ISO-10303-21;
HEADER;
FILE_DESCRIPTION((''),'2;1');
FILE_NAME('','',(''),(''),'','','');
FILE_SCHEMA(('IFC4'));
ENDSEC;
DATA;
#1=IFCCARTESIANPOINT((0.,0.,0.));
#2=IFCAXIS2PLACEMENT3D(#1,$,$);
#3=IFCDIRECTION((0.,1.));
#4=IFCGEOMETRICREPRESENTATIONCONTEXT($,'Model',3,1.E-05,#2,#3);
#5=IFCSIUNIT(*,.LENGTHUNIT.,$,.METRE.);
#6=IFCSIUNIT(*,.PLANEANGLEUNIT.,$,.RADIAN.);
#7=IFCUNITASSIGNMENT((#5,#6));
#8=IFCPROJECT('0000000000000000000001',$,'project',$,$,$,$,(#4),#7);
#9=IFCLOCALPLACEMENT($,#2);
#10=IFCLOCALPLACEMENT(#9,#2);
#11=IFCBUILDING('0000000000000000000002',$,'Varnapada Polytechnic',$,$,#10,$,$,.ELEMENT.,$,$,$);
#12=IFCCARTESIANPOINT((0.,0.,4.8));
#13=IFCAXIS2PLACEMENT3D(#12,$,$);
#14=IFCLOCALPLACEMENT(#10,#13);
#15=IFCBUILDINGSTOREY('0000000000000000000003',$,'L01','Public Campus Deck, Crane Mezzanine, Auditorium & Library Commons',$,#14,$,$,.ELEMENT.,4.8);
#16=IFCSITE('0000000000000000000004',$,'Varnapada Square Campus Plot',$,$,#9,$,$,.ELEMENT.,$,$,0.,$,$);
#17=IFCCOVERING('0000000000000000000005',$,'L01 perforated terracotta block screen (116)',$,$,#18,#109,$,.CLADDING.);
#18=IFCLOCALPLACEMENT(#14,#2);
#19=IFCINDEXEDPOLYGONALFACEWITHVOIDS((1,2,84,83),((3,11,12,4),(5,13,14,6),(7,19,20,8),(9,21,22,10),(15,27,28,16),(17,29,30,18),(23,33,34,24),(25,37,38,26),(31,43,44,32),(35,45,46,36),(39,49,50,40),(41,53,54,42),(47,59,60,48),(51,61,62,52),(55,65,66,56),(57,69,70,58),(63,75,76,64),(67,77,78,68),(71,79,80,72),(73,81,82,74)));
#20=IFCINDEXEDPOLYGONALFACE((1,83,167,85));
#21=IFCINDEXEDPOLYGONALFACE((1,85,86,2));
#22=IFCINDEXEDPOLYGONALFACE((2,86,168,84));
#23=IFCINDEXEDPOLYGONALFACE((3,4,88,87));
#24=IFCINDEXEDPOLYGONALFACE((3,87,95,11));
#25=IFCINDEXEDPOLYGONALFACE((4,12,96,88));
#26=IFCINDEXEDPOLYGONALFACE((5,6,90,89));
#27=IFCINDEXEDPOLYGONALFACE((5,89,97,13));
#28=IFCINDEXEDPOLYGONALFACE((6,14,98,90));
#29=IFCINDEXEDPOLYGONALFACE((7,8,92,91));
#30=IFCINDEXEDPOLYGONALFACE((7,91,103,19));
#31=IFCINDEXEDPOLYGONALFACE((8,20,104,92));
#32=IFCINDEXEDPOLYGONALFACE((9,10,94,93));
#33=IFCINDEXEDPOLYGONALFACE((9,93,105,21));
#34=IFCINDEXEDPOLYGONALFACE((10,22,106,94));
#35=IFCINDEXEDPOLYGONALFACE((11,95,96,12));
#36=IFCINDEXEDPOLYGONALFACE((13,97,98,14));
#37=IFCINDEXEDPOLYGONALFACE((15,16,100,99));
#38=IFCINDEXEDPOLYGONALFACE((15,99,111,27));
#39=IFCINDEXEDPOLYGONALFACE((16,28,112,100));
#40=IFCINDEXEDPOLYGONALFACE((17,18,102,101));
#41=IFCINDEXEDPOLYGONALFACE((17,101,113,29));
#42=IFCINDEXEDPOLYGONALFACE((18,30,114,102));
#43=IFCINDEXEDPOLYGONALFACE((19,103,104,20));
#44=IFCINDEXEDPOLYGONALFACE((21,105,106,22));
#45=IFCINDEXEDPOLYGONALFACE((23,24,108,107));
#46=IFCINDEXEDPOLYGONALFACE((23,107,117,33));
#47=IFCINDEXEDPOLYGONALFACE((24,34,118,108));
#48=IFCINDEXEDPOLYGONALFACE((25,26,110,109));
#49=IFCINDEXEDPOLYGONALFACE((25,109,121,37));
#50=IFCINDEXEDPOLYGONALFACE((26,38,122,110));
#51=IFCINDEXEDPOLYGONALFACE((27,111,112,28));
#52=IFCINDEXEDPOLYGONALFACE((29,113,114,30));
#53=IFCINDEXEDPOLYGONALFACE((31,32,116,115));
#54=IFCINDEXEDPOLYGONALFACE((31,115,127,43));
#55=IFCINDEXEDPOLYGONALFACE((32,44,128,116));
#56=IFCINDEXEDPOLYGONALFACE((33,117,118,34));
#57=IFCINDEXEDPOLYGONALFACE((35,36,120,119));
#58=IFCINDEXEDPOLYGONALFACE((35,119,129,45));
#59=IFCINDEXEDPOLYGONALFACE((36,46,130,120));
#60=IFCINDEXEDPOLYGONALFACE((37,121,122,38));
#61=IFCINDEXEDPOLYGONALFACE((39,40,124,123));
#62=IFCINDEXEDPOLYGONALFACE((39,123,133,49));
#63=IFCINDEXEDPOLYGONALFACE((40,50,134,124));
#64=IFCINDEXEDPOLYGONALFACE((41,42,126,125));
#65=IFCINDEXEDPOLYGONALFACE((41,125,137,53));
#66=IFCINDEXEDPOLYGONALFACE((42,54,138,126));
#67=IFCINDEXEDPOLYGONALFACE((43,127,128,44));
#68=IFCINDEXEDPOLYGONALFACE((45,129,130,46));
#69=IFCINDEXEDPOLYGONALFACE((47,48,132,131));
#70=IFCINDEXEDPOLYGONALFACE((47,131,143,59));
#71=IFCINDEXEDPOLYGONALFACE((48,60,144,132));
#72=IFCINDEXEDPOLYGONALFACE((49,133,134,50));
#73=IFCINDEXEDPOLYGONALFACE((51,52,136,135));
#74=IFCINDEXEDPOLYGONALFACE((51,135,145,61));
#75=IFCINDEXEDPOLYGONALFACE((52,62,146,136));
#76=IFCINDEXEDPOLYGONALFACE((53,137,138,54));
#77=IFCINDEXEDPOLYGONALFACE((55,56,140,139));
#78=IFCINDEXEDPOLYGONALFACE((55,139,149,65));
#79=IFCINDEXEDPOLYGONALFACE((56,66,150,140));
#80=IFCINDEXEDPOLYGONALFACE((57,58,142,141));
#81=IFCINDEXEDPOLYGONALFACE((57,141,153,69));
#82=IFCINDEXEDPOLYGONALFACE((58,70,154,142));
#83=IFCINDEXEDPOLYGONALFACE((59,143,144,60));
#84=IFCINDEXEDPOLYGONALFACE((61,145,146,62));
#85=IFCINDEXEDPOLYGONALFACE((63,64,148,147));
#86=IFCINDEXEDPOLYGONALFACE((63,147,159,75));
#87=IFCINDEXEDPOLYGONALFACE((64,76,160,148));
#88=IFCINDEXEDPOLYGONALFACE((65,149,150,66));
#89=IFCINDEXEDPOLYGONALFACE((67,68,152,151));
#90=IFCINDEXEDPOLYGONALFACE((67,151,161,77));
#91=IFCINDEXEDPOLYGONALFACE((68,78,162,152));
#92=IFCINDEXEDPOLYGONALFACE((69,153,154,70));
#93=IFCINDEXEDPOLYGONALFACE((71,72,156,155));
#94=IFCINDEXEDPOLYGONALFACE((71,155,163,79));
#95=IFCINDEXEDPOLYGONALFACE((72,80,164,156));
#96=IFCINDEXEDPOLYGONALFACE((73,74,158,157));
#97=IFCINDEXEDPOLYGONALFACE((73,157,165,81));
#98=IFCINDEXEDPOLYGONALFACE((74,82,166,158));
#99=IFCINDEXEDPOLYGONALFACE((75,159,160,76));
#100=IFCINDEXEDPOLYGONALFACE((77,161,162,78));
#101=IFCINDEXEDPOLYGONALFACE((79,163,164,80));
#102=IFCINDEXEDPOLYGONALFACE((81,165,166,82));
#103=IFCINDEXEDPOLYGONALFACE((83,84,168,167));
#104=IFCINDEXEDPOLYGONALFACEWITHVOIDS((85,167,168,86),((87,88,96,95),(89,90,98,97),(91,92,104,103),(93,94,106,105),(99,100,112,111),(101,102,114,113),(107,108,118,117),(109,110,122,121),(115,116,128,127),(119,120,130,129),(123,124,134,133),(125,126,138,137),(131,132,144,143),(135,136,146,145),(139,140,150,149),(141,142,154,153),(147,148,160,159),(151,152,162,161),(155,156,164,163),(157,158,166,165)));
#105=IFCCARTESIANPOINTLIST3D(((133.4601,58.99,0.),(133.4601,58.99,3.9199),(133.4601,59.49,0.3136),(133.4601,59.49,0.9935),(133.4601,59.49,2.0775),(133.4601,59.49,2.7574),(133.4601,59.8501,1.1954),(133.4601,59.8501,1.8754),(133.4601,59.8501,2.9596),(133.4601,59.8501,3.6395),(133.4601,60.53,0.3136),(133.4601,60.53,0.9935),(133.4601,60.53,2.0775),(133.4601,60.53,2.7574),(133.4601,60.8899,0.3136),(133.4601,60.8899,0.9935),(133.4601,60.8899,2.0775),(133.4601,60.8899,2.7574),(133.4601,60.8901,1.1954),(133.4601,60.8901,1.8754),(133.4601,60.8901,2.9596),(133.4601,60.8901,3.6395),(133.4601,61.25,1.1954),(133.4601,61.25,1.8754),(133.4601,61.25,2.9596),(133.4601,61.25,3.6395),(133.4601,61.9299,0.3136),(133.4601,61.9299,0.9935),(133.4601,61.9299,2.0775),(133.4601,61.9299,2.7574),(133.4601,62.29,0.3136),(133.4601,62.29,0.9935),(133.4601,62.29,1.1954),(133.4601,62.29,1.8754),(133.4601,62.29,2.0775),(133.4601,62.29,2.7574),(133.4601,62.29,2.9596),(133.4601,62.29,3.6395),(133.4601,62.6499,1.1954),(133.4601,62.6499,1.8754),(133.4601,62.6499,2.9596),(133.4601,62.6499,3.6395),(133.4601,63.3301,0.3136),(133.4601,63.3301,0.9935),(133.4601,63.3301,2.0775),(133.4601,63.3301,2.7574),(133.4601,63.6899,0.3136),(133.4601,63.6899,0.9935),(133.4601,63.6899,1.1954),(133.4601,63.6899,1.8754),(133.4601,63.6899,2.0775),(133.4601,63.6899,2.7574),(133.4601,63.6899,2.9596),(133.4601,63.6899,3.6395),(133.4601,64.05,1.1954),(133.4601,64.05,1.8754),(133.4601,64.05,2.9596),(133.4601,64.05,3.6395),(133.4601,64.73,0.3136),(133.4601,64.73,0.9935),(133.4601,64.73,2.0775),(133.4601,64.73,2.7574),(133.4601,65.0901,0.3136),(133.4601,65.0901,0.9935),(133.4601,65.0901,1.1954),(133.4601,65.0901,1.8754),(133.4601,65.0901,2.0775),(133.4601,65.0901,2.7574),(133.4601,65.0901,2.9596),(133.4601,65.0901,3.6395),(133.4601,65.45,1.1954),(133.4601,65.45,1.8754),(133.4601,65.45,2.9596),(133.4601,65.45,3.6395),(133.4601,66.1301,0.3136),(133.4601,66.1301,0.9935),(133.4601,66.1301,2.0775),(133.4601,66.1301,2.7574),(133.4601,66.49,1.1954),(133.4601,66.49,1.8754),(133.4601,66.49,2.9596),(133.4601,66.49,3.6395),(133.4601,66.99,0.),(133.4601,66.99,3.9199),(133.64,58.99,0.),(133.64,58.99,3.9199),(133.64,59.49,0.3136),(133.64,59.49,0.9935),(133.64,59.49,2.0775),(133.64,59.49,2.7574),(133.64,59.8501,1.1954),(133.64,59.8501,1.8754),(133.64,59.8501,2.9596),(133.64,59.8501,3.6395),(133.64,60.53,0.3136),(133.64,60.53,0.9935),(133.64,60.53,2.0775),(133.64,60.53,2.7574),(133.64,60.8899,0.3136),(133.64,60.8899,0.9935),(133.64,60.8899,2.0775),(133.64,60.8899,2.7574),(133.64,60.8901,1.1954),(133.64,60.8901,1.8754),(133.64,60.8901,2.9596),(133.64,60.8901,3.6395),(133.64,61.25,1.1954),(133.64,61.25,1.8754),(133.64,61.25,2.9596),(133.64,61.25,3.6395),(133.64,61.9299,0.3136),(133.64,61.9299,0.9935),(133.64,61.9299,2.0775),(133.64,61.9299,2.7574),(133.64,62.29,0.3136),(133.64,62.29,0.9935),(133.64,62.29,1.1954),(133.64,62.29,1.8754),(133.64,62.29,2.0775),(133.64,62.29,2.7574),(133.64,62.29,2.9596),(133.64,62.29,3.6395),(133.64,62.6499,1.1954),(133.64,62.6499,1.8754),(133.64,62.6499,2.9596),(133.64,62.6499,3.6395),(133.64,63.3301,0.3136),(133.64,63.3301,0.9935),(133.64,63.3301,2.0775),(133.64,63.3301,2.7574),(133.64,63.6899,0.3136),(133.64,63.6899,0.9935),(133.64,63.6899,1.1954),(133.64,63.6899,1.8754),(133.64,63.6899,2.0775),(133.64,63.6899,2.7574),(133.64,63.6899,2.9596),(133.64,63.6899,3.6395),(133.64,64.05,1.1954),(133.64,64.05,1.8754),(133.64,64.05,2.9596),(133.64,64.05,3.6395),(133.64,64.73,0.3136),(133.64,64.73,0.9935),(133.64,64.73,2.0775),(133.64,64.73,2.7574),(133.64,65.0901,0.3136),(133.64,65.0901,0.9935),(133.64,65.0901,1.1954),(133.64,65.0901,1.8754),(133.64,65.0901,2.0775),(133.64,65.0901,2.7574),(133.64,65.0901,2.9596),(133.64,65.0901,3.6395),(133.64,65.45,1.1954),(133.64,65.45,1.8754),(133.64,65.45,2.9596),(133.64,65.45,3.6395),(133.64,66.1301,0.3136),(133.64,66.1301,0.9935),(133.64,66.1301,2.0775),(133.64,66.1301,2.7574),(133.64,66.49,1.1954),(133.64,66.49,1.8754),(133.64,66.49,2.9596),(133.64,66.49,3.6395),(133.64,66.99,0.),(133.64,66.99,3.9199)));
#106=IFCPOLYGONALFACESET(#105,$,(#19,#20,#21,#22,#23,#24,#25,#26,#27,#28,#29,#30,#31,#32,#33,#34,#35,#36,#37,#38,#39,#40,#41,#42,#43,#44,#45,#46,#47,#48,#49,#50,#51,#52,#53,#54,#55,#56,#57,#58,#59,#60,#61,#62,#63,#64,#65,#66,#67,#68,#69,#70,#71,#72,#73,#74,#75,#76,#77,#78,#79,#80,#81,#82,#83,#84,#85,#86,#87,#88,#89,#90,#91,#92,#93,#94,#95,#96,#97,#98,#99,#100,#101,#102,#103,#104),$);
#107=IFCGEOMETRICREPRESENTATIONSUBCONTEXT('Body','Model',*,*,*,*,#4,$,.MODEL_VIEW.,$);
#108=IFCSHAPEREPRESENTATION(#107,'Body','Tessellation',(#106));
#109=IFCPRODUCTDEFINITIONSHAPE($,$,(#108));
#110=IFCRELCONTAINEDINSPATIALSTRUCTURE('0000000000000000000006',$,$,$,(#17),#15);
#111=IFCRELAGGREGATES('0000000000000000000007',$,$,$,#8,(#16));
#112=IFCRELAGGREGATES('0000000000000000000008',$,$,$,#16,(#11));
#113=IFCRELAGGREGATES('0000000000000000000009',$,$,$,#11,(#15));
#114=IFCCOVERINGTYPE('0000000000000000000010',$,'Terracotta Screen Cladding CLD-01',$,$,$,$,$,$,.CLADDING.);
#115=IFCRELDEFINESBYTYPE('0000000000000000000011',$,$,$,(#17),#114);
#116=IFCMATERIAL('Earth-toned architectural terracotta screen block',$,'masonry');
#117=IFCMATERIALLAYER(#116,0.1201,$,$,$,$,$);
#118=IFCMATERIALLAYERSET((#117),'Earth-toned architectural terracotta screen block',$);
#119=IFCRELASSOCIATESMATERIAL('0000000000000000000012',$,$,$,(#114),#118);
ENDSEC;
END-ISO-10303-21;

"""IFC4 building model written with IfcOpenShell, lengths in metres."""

from ifc_helpers import new_model, si_unit, direction, frame, frame_2d, origin, place, context, subcontext, project, spatial, rectangle, extrude, material, layer, layer_set, type_object, element, save


model = new_model("IFC4")

# Units and contexts
model_context = context("Model", 3, precision=1e-05, world=origin(), true_north=direction((0.0, 1.0)))
body_context = subcontext(model_context, "Body", "Model", "MODEL_VIEW")
ifc_project = project(units=[si_unit("LENGTHUNIT", "METRE"), si_unit("PLANEANGLEUNIT", "RADIAN")], contexts=[model_context])

# Site, building, storey
site_placement = place(None, origin())
site = spatial("IfcSite", under=ifc_project, at=site_placement, Name="Varnapada Square Campus Plot", CompositionType="ELEMENT", RefElevation=0.0)
building_placement = place(site_placement, origin())
building = spatial("IfcBuilding", under=site, at=building_placement, Name="Varnapada Polytechnic", CompositionType="ELEMENT")
storey_placement = place(building_placement, frame((0.0, 0.0, 4.8)))
storey = spatial("IfcBuildingStorey", under=building, at=storey_placement, Name="L01", Description="Public Campus Deck, Crane Mezzanine, Auditorium & Library Commons", CompositionType="ELEMENT", Elevation=4.8)

# Covering, openings
ifc_material_1 = material(Name="Earth-toned architectural terracotta screen block", Category="masonry")
ifc_layer_1 = layer(ifc_material_1, 0.1201)
ifc_layer_set_1 = layer_set([ifc_layer_1], Name="Earth-toned architectural terracotta screen block")
covering_type = type_object("IfcCoveringType", Name="Terracotta Screen Cladding CLD-01", PredefinedType="CLADDING", material=ifc_layer_set_1)
covering_placement = place(storey_placement, frame((133.55, 58.99, 0.0), z_axis=(0.0, 0.0, 1.0), x_axis=(0.0, 1.0, 0.0)))
covering = element("IfcCovering", 1, at=covering_placement, inside=storey, type_object=covering_type, Name="L01 perforated terracotta block screen (116)", PredefinedType="CLADDING", context=body_context, shape_type="SweptSolid", body=[
    extrude(rectangle(XDim=8.0, YDim=0.1799, at=frame_2d((4.0, 0.0))), origin(), (0.0, 0.0, 1.0), 3.9199),
])
opening_1_placement = place(covering_placement, frame((0.5, 0.0, 0.3137)))
element("IfcOpeningElement", 2, at=opening_1_placement, cuts=covering, PredefinedType="OPENING", context=body_context, shape_type="SweptSolid", body=[
    extrude(rectangle(XDim=1.04, YDim=0.6799, at=frame_2d((0.52, 0.3398))), frame((0.0, 0.0999, 0.0), z_axis=(0.0, -1.0, 0.0), x_axis=(1.0, 0.0, 0.0)), (0.0, 0.0, 1.0), 0.2),
])
opening_2_placement = place(covering_placement, frame((1.8999, 0.0, 0.3137)))
element("IfcOpeningElement", 3, at=opening_2_placement, cuts=covering, PredefinedType="OPENING", context=body_context, shape_type="SweptSolid", body=[
    extrude(rectangle(XDim=1.04, YDim=0.6799, at=frame_2d((0.52, 0.3398))), frame((0.0, 0.0999, 0.0), z_axis=(0.0, -1.0, 0.0), x_axis=(1.0, 0.0, 0.0)), (0.0, 0.0, 1.0), 0.2),
])
opening_3_placement = place(covering_placement, frame((3.3, 0.0, 0.3137)))
element("IfcOpeningElement", 4, at=opening_3_placement, cuts=covering, PredefinedType="OPENING", context=body_context, shape_type="SweptSolid", body=[
    extrude(rectangle(XDim=1.04, YDim=0.6799, at=frame_2d((0.52, 0.3398))), frame((0.0, 0.0999, 0.0), z_axis=(0.0, -1.0, 0.0), x_axis=(1.0, 0.0, 0.0)), (0.0, 0.0, 1.0), 0.2),
])
opening_4_placement = place(covering_placement, frame((4.7, 0.0, 0.3137)))
element("IfcOpeningElement", 5, at=opening_4_placement, cuts=covering, PredefinedType="OPENING", context=body_context, shape_type="SweptSolid", body=[
    extrude(rectangle(XDim=1.04, YDim=0.6799, at=frame_2d((0.52, 0.3398))), frame((0.0, 0.0999, 0.0), z_axis=(0.0, -1.0, 0.0), x_axis=(1.0, 0.0, 0.0)), (0.0, 0.0, 1.0), 0.2),
])
opening_5_placement = place(covering_placement, frame((6.1001, 0.0, 0.3137)))
element("IfcOpeningElement", 6, at=opening_5_placement, cuts=covering, PredefinedType="OPENING", context=body_context, shape_type="SweptSolid", body=[
    extrude(rectangle(XDim=1.04, YDim=0.6799, at=frame_2d((0.52, 0.3398))), frame((0.0, 0.0999, 0.0), z_axis=(0.0, -1.0, 0.0), x_axis=(1.0, 0.0, 0.0)), (0.0, 0.0, 1.0), 0.2),
])
opening_6_placement = place(covering_placement, frame((0.8601, 0.0, 1.1956)))
element("IfcOpeningElement", 7, at=opening_6_placement, cuts=covering, PredefinedType="OPENING", context=body_context, shape_type="SweptSolid", body=[
    extrude(rectangle(XDim=1.04, YDim=0.6799, at=frame_2d((0.52, 0.3398))), frame((0.0, 0.0999, 0.0), z_axis=(0.0, -1.0, 0.0), x_axis=(1.0, 0.0, 0.0)), (0.0, 0.0, 1.0), 0.2),
])
opening_7_placement = place(covering_placement, frame((2.26, 0.0, 1.1956)))
element("IfcOpeningElement", 8, at=opening_7_placement, cuts=covering, PredefinedType="OPENING", context=body_context, shape_type="SweptSolid", body=[
    extrude(rectangle(XDim=1.04, YDim=0.6799, at=frame_2d((0.52, 0.3398))), frame((0.0, 0.0999, 0.0), z_axis=(0.0, -1.0, 0.0), x_axis=(1.0, 0.0, 0.0)), (0.0, 0.0, 1.0), 0.2),
])
opening_8_placement = place(covering_placement, frame((3.6599, 0.0, 1.1956)))
element("IfcOpeningElement", 9, at=opening_8_placement, cuts=covering, PredefinedType="OPENING", context=body_context, shape_type="SweptSolid", body=[
    extrude(rectangle(XDim=1.04, YDim=0.6799, at=frame_2d((0.52, 0.3398))), frame((0.0, 0.0999, 0.0), z_axis=(0.0, -1.0, 0.0), x_axis=(1.0, 0.0, 0.0)), (0.0, 0.0, 1.0), 0.2),
])
opening_9_placement = place(covering_placement, frame((5.0601, 0.0, 1.1956)))
element("IfcOpeningElement", 10, at=opening_9_placement, cuts=covering, PredefinedType="OPENING", context=body_context, shape_type="SweptSolid", body=[
    extrude(rectangle(XDim=1.04, YDim=0.6799, at=frame_2d((0.52, 0.3398))), frame((0.0, 0.0999, 0.0), z_axis=(0.0, -1.0, 0.0), x_axis=(1.0, 0.0, 0.0)), (0.0, 0.0, 1.0), 0.2),
])
opening_10_placement = place(covering_placement, frame((6.46, 0.0, 1.1956)))
element("IfcOpeningElement", 11, at=opening_10_placement, cuts=covering, PredefinedType="OPENING", context=body_context, shape_type="SweptSolid", body=[
    extrude(rectangle(XDim=1.04, YDim=0.6799, at=frame_2d((0.52, 0.3398))), frame((0.0, 0.0999, 0.0), z_axis=(0.0, -1.0, 0.0), x_axis=(1.0, 0.0, 0.0)), (0.0, 0.0, 1.0), 0.2),
])
opening_11_placement = place(covering_placement, frame((0.5, 0.0, 2.0776)))
element("IfcOpeningElement", 12, at=opening_11_placement, cuts=covering, PredefinedType="OPENING", context=body_context, shape_type="SweptSolid", body=[
    extrude(rectangle(XDim=1.04, YDim=0.6799, at=frame_2d((0.52, 0.3398))), frame((0.0, 0.0999, 0.0), z_axis=(0.0, -1.0, 0.0), x_axis=(1.0, 0.0, 0.0)), (0.0, 0.0, 1.0), 0.2),
])
opening_12_placement = place(covering_placement, frame((1.8999, 0.0, 2.0776)))
element("IfcOpeningElement", 13, at=opening_12_placement, cuts=covering, PredefinedType="OPENING", context=body_context, shape_type="SweptSolid", body=[
    extrude(rectangle(XDim=1.04, YDim=0.6799, at=frame_2d((0.52, 0.3398))), frame((0.0, 0.0999, 0.0), z_axis=(0.0, -1.0, 0.0), x_axis=(1.0, 0.0, 0.0)), (0.0, 0.0, 1.0), 0.2),
])
opening_13_placement = place(covering_placement, frame((3.3, 0.0, 2.0776)))
element("IfcOpeningElement", 14, at=opening_13_placement, cuts=covering, PredefinedType="OPENING", context=body_context, shape_type="SweptSolid", body=[
    extrude(rectangle(XDim=1.04, YDim=0.6799, at=frame_2d((0.52, 0.3398))), frame((0.0, 0.0999, 0.0), z_axis=(0.0, -1.0, 0.0), x_axis=(1.0, 0.0, 0.0)), (0.0, 0.0, 1.0), 0.2),
])
opening_14_placement = place(covering_placement, frame((4.7, 0.0, 2.0776)))
element("IfcOpeningElement", 15, at=opening_14_placement, cuts=covering, PredefinedType="OPENING", context=body_context, shape_type="SweptSolid", body=[
    extrude(rectangle(XDim=1.04, YDim=0.6799, at=frame_2d((0.52, 0.3398))), frame((0.0, 0.0999, 0.0), z_axis=(0.0, -1.0, 0.0), x_axis=(1.0, 0.0, 0.0)), (0.0, 0.0, 1.0), 0.2),
])
opening_15_placement = place(covering_placement, frame((6.1001, 0.0, 2.0776)))
element("IfcOpeningElement", 16, at=opening_15_placement, cuts=covering, PredefinedType="OPENING", context=body_context, shape_type="SweptSolid", body=[
    extrude(rectangle(XDim=1.04, YDim=0.6799, at=frame_2d((0.52, 0.3398))), frame((0.0, 0.0999, 0.0), z_axis=(0.0, -1.0, 0.0), x_axis=(1.0, 0.0, 0.0)), (0.0, 0.0, 1.0), 0.2),
])
opening_16_placement = place(covering_placement, frame((0.8601, 0.0, 2.9597)))
element("IfcOpeningElement", 17, at=opening_16_placement, cuts=covering, PredefinedType="OPENING", context=body_context, shape_type="SweptSolid", body=[
    extrude(rectangle(XDim=1.04, YDim=0.6799, at=frame_2d((0.52, 0.3398))), frame((0.0, 0.0999, 0.0), z_axis=(0.0, -1.0, 0.0), x_axis=(1.0, 0.0, 0.0)), (0.0, 0.0, 1.0), 0.2),
])
opening_17_placement = place(covering_placement, frame((2.26, 0.0, 2.9597)))
element("IfcOpeningElement", 18, at=opening_17_placement, cuts=covering, PredefinedType="OPENING", context=body_context, shape_type="SweptSolid", body=[
    extrude(rectangle(XDim=1.04, YDim=0.6799, at=frame_2d((0.52, 0.3398))), frame((0.0, 0.0999, 0.0), z_axis=(0.0, -1.0, 0.0), x_axis=(1.0, 0.0, 0.0)), (0.0, 0.0, 1.0), 0.2),
])
opening_18_placement = place(covering_placement, frame((3.6599, 0.0, 2.9597)))
element("IfcOpeningElement", 19, at=opening_18_placement, cuts=covering, PredefinedType="OPENING", context=body_context, shape_type="SweptSolid", body=[
    extrude(rectangle(XDim=1.04, YDim=0.6799, at=frame_2d((0.52, 0.3398))), frame((0.0, 0.0999, 0.0), z_axis=(0.0, -1.0, 0.0), x_axis=(1.0, 0.0, 0.0)), (0.0, 0.0, 1.0), 0.2),
])
opening_19_placement = place(covering_placement, frame((5.0601, 0.0, 2.9597)))
element("IfcOpeningElement", 20, at=opening_19_placement, cuts=covering, PredefinedType="OPENING", context=body_context, shape_type="SweptSolid", body=[
    extrude(rectangle(XDim=1.04, YDim=0.6799, at=frame_2d((0.52, 0.3398))), frame((0.0, 0.0999, 0.0), z_axis=(0.0, -1.0, 0.0), x_axis=(1.0, 0.0, 0.0)), (0.0, 0.0, 1.0), 0.2),
])
opening_20_placement = place(covering_placement, frame((6.46, 0.0, 2.9597)))
element("IfcOpeningElement", 21, at=opening_20_placement, cuts=covering, PredefinedType="OPENING", context=body_context, shape_type="SweptSolid", body=[
    extrude(rectangle(XDim=1.04, YDim=0.6799, at=frame_2d((0.52, 0.3398))), frame((0.0, 0.0999, 0.0), z_axis=(0.0, -1.0, 0.0), x_axis=(1.0, 0.0, 0.0)), (0.0, 0.0, 1.0), 0.2),
])

save(model, "model.ifc")
